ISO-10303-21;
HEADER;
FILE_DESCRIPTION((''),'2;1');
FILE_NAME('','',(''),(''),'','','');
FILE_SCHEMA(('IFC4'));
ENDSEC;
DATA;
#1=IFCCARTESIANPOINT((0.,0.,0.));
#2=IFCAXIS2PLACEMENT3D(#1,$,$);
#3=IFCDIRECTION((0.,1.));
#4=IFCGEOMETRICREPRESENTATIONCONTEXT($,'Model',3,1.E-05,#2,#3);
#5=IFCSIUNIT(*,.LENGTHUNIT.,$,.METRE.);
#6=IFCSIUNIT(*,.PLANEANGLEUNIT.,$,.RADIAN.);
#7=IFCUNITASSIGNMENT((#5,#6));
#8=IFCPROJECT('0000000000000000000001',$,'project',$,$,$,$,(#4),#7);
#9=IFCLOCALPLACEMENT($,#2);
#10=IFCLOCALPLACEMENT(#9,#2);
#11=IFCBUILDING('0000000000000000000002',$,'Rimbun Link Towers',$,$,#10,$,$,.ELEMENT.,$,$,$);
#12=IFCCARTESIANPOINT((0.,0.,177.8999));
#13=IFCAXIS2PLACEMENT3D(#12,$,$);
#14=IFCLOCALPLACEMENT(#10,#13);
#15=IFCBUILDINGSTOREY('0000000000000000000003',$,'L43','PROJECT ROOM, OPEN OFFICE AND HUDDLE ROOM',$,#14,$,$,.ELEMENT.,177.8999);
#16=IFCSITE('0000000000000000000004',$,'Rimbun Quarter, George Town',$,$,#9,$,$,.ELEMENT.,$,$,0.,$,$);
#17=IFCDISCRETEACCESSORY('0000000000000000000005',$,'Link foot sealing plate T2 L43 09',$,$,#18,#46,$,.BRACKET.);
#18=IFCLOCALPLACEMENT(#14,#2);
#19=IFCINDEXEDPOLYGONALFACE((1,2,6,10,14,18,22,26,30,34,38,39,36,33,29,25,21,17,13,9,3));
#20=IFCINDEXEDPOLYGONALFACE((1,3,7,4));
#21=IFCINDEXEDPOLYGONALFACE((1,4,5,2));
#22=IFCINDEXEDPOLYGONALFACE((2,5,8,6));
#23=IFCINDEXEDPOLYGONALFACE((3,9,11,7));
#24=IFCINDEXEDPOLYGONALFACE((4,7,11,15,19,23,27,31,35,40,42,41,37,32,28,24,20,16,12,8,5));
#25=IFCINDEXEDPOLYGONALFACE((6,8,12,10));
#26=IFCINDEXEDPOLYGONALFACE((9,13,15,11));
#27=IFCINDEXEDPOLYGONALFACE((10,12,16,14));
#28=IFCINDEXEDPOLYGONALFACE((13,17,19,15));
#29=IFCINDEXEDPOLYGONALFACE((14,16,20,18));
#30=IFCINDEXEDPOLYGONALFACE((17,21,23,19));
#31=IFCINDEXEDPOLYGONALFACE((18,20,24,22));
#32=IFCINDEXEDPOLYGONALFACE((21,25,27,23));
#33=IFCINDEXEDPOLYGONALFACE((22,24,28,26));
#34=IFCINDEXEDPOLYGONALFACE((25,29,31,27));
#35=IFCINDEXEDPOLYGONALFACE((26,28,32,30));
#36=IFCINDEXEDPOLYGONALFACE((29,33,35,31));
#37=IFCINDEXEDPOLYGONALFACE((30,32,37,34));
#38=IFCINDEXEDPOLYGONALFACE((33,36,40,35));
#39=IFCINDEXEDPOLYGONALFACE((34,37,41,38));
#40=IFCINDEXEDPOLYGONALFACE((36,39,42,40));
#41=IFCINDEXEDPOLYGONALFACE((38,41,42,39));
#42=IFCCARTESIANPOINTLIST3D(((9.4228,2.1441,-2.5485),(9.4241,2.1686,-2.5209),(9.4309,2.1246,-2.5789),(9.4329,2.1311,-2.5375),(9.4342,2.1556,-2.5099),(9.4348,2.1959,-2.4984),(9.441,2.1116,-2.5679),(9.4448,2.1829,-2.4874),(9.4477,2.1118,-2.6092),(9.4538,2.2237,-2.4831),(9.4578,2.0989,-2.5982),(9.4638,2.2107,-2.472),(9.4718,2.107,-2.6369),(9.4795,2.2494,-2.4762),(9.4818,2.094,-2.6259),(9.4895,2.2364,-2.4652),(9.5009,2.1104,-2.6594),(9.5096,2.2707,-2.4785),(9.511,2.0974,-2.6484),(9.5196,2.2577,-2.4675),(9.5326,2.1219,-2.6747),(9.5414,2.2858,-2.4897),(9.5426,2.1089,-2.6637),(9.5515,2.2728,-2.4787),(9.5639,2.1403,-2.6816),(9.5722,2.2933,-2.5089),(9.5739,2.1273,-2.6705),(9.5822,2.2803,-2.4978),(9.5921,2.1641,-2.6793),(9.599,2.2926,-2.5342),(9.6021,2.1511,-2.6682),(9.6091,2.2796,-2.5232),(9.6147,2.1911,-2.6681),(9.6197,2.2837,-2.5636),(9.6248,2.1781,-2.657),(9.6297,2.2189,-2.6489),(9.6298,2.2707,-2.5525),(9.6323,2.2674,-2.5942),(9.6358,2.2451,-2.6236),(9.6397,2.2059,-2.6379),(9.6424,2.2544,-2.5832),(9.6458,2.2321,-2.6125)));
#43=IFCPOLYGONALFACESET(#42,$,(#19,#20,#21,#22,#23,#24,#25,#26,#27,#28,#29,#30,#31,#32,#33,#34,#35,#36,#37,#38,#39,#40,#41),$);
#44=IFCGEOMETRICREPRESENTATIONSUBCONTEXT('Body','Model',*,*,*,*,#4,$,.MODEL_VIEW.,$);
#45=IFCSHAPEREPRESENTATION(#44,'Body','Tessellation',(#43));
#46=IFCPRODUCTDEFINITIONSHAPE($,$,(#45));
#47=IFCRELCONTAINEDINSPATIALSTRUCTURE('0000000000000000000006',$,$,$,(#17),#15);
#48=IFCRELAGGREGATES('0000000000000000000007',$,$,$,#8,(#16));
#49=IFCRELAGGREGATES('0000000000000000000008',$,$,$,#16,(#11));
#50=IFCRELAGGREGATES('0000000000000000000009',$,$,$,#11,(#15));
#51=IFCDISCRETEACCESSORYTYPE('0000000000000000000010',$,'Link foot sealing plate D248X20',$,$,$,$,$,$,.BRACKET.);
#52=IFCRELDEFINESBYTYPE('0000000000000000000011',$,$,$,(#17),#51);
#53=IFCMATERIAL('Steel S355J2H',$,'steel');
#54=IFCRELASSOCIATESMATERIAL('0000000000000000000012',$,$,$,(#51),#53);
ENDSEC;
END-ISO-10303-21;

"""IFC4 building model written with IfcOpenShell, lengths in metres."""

from ifc_helpers import new_model, si_unit, direction, frame, origin, origin_2d, place, context, subcontext, project, spatial, circle, extrude, material, material_profile, profile_set, type_object, element, save


model = new_model("IFC4")

# Units and contexts
model_context = context("Model", 3, precision=1e-05, world=origin(), true_north=direction((0.0, 1.0)))
body_context = subcontext(model_context, "Body", "Model", "MODEL_VIEW")
ifc_project = project(units=[si_unit("LENGTHUNIT", "METRE"), si_unit("PLANEANGLEUNIT", "RADIAN")], contexts=[model_context])

# Site, building, storey
site_placement = place(None, origin())
site = spatial("IfcSite", under=ifc_project, at=site_placement, Name="Rimbun Quarter, George Town", CompositionType="ELEMENT", RefElevation=0.0)
building_placement = place(site_placement, origin())
building = spatial("IfcBuilding", under=site, at=building_placement, Name="Rimbun Link Towers", CompositionType="ELEMENT")
storey_placement = place(building_placement, frame((0.0, 0.0, 177.8999)))
storey = spatial("IfcBuildingStorey", under=building, at=storey_placement, Name="L43", Description="PROJECT ROOM, OPEN OFFICE AND HUDDLE ROOM", CompositionType="ELEMENT", Elevation=177.8999)

# Discrete accessory
ifc_material_1 = material(Name="Steel S355J2H", Category="steel")
ifc_material_profile_1 = material_profile(ifc_material_1, circle(Radius=0.124, at=origin_2d()), Name="PL D248")
ifc_profile_set_1 = profile_set([ifc_material_profile_1], Name="Steel S355J2H")
discrete_accessory_type = type_object("IfcDiscreteAccessoryType", Name="Link foot sealing plate D248X20", PredefinedType="BRACKET", material=ifc_profile_set_1)
discrete_accessory_1_placement = place(storey_placement, frame((9.5391, 2.1875, -2.5679), z_axis=(-0.507957, 0.656627, -0.557513), x_axis=(-0.790957, -0.611872, 0.0)))
element("IfcDiscreteAccessory", 1, at=discrete_accessory_1_placement, inside=storey, type_object=discrete_accessory_type, Name="Link foot sealing plate T2 L43 09", PredefinedType="BRACKET", context=body_context, shape_type="SweptSolid", body=[
    extrude(circle(Radius=0.124, at=origin_2d()), origin(), (0.0, 0.0, 1.0), 0.0198),
])

save(model, "model.ifc")
